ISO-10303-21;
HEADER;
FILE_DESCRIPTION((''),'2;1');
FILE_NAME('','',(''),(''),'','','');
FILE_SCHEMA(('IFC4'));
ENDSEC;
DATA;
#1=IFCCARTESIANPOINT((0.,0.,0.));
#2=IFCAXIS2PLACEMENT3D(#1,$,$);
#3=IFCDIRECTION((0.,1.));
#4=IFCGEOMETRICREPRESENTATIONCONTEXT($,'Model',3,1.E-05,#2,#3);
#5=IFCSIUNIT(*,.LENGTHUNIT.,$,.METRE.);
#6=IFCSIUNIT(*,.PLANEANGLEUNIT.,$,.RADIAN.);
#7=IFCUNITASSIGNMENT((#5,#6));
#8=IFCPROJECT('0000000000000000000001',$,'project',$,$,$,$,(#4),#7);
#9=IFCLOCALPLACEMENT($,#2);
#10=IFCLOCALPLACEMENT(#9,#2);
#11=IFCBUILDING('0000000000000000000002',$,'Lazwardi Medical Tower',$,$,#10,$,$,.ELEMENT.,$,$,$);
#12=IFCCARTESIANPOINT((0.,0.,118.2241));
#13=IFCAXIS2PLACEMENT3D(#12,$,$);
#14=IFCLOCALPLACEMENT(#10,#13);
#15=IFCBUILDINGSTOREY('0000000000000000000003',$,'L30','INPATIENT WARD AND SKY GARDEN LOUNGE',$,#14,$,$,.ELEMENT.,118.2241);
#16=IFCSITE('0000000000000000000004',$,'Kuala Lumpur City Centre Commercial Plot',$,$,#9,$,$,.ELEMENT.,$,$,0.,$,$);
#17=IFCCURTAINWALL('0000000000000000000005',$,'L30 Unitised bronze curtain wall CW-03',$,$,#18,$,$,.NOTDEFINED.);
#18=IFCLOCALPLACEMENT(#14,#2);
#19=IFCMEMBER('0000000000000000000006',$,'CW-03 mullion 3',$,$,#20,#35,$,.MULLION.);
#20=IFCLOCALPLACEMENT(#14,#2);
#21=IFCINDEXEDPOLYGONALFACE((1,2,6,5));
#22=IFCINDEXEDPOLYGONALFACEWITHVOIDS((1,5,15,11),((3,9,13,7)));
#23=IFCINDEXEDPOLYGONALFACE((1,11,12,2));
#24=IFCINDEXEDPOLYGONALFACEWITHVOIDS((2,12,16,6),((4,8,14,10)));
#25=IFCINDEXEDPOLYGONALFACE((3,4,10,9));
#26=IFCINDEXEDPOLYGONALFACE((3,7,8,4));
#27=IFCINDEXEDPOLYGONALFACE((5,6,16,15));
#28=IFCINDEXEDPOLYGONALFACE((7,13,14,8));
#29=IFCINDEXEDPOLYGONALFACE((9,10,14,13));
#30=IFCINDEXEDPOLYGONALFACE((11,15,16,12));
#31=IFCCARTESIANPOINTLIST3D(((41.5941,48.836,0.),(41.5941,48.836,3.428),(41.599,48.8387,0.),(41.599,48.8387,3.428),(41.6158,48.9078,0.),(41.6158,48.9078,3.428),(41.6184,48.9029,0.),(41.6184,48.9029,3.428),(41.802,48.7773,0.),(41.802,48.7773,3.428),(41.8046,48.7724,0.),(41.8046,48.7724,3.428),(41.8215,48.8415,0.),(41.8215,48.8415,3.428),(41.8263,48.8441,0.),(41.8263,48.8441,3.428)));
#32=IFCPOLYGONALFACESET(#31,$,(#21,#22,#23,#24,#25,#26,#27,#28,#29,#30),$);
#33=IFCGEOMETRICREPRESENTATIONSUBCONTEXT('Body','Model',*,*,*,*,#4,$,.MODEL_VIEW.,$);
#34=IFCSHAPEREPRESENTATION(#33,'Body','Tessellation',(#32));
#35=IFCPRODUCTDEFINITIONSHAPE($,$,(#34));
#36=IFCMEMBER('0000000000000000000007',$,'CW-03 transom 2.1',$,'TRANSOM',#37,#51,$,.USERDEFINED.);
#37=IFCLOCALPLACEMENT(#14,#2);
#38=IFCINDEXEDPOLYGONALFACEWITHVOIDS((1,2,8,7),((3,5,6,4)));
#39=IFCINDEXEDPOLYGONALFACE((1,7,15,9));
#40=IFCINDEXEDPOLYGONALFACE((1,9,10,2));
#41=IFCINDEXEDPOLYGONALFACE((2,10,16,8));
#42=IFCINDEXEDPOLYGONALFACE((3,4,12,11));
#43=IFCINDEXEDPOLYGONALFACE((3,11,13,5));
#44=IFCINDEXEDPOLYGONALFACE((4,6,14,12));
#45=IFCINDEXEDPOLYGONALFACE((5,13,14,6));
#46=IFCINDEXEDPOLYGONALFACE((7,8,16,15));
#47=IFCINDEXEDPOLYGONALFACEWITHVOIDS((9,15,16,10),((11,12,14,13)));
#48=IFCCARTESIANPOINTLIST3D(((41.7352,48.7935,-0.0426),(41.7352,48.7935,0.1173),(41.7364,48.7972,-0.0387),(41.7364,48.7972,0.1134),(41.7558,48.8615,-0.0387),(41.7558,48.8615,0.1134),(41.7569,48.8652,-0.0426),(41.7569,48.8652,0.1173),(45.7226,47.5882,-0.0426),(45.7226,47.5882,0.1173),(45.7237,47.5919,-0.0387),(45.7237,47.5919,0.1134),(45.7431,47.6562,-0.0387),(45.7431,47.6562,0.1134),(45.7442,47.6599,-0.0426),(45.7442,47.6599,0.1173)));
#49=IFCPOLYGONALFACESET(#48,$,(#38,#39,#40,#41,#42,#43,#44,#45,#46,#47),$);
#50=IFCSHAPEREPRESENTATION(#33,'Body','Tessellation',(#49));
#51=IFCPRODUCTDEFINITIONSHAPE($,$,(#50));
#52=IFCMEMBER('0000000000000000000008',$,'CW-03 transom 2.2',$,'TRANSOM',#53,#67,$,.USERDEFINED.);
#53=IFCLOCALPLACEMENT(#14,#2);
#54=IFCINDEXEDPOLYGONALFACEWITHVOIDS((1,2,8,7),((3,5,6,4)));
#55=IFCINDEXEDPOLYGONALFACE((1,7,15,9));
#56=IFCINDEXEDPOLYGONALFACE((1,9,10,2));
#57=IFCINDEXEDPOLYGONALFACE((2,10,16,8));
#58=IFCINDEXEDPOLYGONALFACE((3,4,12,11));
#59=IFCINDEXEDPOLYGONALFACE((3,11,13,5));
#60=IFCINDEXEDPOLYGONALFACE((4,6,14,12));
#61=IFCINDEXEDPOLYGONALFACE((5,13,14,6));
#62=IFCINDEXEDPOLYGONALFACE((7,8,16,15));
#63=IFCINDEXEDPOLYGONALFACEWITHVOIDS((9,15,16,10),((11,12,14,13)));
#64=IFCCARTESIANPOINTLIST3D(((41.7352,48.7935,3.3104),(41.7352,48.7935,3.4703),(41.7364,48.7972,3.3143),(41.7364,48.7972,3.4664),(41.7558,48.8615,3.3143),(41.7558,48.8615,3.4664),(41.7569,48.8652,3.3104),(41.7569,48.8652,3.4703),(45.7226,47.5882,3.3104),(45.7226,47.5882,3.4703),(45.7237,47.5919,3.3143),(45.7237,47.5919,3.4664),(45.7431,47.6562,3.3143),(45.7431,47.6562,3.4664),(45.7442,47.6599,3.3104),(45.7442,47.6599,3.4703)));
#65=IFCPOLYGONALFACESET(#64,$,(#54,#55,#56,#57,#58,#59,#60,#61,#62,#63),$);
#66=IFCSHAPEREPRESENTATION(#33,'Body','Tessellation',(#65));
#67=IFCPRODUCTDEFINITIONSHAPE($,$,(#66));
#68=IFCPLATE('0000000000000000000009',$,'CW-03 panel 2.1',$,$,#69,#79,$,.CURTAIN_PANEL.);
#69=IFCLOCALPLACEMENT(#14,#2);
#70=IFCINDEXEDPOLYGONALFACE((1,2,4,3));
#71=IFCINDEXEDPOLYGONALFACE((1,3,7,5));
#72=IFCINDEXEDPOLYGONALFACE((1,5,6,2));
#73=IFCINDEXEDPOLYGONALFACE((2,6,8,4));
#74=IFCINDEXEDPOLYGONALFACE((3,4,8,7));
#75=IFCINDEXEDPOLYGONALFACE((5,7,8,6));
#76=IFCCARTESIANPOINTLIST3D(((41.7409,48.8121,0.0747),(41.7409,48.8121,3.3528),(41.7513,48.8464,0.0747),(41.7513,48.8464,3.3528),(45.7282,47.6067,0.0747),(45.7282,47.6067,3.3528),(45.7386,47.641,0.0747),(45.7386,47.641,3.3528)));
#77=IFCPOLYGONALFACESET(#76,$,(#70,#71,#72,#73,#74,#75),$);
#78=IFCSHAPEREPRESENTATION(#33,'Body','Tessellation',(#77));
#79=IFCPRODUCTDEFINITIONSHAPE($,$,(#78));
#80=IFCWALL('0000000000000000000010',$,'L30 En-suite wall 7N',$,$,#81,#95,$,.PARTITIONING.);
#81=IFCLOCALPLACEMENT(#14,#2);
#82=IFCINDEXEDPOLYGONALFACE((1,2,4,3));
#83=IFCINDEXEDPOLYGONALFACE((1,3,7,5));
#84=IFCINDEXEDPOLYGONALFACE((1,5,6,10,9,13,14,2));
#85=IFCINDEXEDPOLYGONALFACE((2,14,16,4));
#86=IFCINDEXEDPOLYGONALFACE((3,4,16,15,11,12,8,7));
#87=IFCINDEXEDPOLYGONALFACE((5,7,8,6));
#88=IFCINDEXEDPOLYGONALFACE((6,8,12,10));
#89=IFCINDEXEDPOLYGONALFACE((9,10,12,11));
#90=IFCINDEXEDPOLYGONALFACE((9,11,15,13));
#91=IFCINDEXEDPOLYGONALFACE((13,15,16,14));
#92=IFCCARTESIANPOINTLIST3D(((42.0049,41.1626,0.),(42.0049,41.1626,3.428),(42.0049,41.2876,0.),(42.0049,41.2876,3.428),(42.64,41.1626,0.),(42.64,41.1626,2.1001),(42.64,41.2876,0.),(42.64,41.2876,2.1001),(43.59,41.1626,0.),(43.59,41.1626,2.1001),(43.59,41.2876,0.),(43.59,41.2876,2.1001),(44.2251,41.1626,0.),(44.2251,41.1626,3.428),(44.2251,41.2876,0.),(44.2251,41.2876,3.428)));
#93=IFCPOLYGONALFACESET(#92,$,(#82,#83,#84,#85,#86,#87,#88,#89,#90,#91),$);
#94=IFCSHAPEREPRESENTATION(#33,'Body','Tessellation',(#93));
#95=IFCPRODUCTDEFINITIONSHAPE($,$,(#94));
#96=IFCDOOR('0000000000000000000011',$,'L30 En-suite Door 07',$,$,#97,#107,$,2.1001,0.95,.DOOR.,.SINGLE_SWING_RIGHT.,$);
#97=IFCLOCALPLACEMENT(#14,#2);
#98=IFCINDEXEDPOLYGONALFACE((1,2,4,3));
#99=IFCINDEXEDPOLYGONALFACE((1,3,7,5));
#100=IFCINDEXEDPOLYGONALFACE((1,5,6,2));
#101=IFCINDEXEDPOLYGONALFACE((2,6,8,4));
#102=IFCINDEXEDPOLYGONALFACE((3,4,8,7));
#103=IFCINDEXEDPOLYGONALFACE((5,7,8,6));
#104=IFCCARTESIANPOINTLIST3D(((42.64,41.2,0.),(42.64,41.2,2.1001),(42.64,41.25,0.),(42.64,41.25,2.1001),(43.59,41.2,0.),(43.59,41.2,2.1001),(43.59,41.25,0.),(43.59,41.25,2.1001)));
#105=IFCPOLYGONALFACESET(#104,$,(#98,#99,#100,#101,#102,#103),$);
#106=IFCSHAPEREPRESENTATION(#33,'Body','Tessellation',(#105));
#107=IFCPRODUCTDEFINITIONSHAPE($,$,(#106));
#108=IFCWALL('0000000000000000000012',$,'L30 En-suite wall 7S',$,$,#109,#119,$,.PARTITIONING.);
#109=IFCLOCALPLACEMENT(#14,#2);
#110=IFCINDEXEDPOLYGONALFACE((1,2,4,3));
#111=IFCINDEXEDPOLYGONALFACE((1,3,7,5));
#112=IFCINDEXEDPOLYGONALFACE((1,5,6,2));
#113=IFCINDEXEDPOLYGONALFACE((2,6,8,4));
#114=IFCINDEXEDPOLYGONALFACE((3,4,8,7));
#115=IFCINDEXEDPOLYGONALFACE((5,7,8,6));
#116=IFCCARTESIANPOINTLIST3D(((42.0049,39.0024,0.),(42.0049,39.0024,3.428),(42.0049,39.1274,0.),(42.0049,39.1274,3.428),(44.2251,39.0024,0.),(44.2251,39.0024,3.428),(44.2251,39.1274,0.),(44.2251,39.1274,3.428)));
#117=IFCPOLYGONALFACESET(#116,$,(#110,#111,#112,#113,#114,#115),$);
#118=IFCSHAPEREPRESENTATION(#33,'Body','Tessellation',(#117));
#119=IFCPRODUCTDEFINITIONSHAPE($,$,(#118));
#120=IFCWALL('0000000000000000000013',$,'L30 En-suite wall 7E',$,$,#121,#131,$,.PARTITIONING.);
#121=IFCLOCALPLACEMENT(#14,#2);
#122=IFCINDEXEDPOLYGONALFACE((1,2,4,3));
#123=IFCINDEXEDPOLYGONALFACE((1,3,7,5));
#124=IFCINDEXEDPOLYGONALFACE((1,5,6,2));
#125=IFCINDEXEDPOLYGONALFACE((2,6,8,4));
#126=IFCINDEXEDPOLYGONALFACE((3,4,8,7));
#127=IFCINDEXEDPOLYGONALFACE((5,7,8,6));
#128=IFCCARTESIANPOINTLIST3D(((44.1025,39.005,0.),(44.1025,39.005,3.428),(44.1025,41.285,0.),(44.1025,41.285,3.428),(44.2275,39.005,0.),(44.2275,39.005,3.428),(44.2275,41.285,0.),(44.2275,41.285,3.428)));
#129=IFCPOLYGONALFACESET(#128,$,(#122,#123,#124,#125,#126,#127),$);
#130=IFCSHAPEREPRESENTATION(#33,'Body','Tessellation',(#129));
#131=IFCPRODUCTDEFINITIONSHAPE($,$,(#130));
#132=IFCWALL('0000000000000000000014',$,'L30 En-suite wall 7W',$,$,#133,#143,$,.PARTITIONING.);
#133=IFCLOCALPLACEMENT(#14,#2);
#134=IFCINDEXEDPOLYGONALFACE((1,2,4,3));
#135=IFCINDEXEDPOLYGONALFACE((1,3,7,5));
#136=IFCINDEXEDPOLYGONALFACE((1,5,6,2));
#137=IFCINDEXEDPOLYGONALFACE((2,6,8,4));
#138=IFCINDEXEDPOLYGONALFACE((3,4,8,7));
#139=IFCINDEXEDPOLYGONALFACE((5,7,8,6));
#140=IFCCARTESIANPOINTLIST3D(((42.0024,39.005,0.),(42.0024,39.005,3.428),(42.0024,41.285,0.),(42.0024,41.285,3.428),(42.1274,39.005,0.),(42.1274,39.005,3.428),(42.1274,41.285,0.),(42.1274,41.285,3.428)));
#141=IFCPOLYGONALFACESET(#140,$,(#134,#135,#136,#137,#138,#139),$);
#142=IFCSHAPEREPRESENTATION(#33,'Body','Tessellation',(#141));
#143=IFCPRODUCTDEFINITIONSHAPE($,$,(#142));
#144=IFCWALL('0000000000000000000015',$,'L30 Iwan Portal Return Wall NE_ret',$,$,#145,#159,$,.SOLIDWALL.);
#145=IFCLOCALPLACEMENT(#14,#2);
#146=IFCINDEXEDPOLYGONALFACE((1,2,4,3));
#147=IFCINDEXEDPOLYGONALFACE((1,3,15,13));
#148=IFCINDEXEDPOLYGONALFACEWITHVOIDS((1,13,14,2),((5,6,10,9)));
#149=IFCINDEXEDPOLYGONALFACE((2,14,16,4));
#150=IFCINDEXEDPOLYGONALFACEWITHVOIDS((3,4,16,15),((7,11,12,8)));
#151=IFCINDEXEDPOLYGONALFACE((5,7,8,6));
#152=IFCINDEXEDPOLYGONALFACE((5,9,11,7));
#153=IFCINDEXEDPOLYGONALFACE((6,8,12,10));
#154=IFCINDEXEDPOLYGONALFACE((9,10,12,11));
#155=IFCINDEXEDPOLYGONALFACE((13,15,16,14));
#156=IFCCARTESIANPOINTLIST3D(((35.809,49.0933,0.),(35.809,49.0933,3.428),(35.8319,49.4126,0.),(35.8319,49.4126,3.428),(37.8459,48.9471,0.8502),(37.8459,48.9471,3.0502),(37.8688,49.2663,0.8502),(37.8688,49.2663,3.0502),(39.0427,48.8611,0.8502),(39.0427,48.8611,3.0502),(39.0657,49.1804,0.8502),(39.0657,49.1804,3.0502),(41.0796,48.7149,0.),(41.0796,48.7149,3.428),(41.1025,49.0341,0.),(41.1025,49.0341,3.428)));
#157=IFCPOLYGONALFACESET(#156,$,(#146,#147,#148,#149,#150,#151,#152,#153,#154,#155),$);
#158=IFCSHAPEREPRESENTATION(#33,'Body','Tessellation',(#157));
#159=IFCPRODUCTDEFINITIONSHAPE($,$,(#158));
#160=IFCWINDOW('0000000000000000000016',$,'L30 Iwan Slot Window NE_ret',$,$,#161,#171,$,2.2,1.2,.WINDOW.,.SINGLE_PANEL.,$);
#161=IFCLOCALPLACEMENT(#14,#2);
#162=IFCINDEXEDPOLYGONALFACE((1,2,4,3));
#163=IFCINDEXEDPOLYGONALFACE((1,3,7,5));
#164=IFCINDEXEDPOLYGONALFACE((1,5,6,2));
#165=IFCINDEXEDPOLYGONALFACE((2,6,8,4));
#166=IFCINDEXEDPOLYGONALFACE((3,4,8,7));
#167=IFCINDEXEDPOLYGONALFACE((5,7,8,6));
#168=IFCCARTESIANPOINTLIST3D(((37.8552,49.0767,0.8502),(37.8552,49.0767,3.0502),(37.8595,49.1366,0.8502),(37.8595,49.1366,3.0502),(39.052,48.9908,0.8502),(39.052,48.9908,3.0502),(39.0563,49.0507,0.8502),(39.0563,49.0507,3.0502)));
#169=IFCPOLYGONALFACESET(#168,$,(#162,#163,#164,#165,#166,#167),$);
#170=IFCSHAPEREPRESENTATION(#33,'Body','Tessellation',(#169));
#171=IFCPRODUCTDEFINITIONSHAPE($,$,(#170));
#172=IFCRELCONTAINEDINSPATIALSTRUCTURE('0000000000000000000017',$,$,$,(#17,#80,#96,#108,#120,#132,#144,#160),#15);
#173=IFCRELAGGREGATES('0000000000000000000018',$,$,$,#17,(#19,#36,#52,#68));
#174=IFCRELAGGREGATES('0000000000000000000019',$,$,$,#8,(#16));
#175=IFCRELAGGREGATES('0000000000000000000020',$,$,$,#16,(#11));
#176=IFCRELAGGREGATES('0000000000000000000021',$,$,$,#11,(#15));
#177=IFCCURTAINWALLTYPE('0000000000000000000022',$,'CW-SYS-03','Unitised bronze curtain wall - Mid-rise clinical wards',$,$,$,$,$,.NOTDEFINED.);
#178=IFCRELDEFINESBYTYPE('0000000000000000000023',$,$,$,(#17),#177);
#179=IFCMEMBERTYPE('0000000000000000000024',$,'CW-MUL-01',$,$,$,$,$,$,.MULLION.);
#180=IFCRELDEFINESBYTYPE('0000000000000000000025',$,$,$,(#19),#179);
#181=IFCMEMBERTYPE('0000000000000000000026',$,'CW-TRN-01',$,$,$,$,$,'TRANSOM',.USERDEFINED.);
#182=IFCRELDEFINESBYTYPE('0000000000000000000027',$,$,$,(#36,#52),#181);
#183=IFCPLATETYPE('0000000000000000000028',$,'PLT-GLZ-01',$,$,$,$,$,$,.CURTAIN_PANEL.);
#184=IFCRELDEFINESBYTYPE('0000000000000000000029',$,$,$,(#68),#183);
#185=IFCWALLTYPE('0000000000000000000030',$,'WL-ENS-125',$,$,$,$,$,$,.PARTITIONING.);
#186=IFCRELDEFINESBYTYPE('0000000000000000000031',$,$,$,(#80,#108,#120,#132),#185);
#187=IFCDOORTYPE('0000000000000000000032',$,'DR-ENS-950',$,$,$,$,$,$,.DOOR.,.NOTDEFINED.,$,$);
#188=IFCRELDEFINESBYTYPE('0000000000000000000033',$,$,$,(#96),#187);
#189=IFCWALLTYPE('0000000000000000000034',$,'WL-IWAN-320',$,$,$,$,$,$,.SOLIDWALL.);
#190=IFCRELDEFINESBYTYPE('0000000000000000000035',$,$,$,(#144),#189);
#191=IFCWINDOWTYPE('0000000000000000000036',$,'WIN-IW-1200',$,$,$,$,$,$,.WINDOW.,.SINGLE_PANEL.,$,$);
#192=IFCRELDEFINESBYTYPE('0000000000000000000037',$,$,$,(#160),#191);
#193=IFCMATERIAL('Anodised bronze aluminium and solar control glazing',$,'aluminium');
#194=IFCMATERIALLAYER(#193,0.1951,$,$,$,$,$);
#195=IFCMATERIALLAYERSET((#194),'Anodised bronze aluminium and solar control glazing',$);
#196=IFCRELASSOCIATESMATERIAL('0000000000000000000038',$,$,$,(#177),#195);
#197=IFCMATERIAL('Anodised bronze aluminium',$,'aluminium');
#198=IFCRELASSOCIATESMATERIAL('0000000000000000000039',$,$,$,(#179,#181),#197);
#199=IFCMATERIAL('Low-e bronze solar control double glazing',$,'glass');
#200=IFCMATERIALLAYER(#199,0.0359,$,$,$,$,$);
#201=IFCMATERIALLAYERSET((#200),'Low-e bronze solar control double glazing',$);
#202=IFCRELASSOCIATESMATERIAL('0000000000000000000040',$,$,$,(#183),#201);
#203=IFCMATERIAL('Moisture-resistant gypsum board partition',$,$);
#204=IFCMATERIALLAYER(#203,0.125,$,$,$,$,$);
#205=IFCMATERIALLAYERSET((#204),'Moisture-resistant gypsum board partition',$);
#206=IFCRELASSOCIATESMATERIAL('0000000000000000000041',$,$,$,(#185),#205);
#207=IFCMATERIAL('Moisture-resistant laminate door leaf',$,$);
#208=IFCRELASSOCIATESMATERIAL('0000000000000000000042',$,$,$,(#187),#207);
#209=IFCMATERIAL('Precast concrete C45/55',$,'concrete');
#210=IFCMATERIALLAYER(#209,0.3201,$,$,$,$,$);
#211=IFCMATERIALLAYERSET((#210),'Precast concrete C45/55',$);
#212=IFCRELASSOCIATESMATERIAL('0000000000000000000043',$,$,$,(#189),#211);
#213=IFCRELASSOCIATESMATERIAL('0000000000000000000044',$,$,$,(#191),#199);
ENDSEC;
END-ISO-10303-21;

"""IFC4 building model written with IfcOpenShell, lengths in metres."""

from ifc_helpers import new_model, si_unit, direction, frame, frame_2d, origin, origin_2d, place, context, subcontext, project, spatial, rectangle, hollow_rectangle, extrude, material, layer, layer_set, material_profile, profile_set, type_object, element, fill, aggregate, save


model = new_model("IFC4")

# Units and contexts
model_context = context("Model", 3, precision=1e-05, world=origin(), true_north=direction((0.0, 1.0)))
body_context = subcontext(model_context, "Body", "Model", "MODEL_VIEW")
ifc_project = project(units=[si_unit("LENGTHUNIT", "METRE"), si_unit("PLANEANGLEUNIT", "RADIAN")], contexts=[model_context])

# Site, building, storey
site_placement = place(None, origin())
site = spatial("IfcSite", under=ifc_project, at=site_placement, Name="Kuala Lumpur City Centre Commercial Plot", CompositionType="ELEMENT", RefElevation=0.0)
building_placement = place(site_placement, origin())
building = spatial("IfcBuilding", under=site, at=building_placement, Name="Lazwardi Medical Tower", CompositionType="ELEMENT")
storey_placement = place(building_placement, frame((0.0, 0.0, 118.2241)))
storey = spatial("IfcBuildingStorey", under=building, at=storey_placement, Name="L30", Description="INPATIENT WARD AND SKY GARDEN LOUNGE", CompositionType="ELEMENT", Elevation=118.2241)

# Curtain wall, members, plate
ifc_material_1 = material(Name="Anodised bronze aluminium and solar control glazing", Category="aluminium")
ifc_layer_1 = layer(ifc_material_1, 0.1951)
ifc_layer_set_1 = layer_set([ifc_layer_1], Name="Anodised bronze aluminium and solar control glazing")
curtain_wall_type = type_object("IfcCurtainWallType", Name="CW-SYS-03", Description="Unitised bronze curtain wall - Mid-rise clinical wards", PredefinedType="NOTDEFINED", material=ifc_layer_set_1)
curtain_wall_placement = place(storey_placement, origin())
curtain_wall = element("IfcCurtainWall", 1, at=curtain_wall_placement, inside=storey, type_object=curtain_wall_type, Name="L30 Unitised bronze curtain wall CW-03", PredefinedType="NOTDEFINED")
ifc_material_2 = material(Name="Anodised bronze aluminium", Category="aluminium")
ifc_material_profile_1 = material_profile(ifc_material_2, hollow_rectangle(XDim=0.075, YDim=0.22, WallThickness=0.0039, at=origin_2d()), Name="ALU-MULLION 220x75x4")
ifc_profile_set_1 = profile_set([ifc_material_profile_1], Name="Anodised bronze aluminium")
member_type_1 = type_object("IfcMemberType", Name="CW-MUL-01", PredefinedType="MULLION", material=ifc_profile_set_1)
member_1_placement = place(storey_placement, frame((41.7102, 48.8401, 0.0), z_axis=(0.0, 0.0, 1.0), x_axis=(-0.289374, -0.957216, 0.0)))
member_1 = element("IfcMember", 2, at=member_1_placement, type_object=member_type_1, Name="CW-03 mullion 3", PredefinedType="MULLION", context=body_context, shape_type="SweptSolid", body=[
    extrude(hollow_rectangle(XDim=0.075, YDim=0.22, WallThickness=0.0039, at=origin_2d()), origin(), (0.0, 0.0, 1.0), 3.428),
])
ifc_material_profile_2 = material_profile(ifc_material_2, hollow_rectangle(XDim=0.075, YDim=0.1599, WallThickness=0.0039, at=origin_2d()), Name="ALU-TRANSOM 160x75x4")
ifc_profile_set_2 = profile_set([ifc_material_profile_2], Name="Anodised bronze aluminium")
member_type_2 = type_object("IfcMemberType", Name="CW-TRN-01", ElementType="TRANSOM", PredefinedType="USERDEFINED", material=ifc_profile_set_2)
member_2_placement = place(storey_placement, frame((45.7334, 47.624, 0.0374), z_axis=(-0.957221, 0.289358, 0.0), x_axis=(-0.289358, -0.957221, 0.0)))
member_2 = element("IfcMember", 3, at=member_2_placement, type_object=member_type_2, Name="CW-03 transom 2.1", ObjectType="TRANSOM", PredefinedType="USERDEFINED", context=body_context, shape_type="SweptSolid", body=[
    extrude(hollow_rectangle(XDim=0.075, YDim=0.1599, WallThickness=0.0039, at=origin_2d()), origin(), (0.0, 0.0, 1.0), 4.1655),
])
member_3_placement = place(storey_placement, frame((45.7334, 47.624, 3.3904), z_axis=(-0.957221, 0.289358, 0.0), x_axis=(-0.289358, -0.957221, 0.0)))
member_3 = element("IfcMember", 4, at=member_3_placement, type_object=member_type_2, Name="CW-03 transom 2.2", ObjectType="TRANSOM", PredefinedType="USERDEFINED", context=body_context, shape_type="SweptSolid", body=[
    extrude(hollow_rectangle(XDim=0.075, YDim=0.1599, WallThickness=0.0039, at=origin_2d()), origin(), (0.0, 0.0, 1.0), 4.1655),
])
ifc_material_3 = material(Name="Low-e bronze solar control double glazing", Category="glass")
ifc_layer_2 = layer(ifc_material_3, 0.0359)
ifc_layer_set_2 = layer_set([ifc_layer_2], Name="Low-e bronze solar control double glazing")
plate_type = type_object("IfcPlateType", Name="PLT-GLZ-01", PredefinedType="CURTAIN_PANEL", material=ifc_layer_set_2)
plate_placement = place(storey_placement, frame((43.7397, 48.2266, 0.0747), z_axis=(0.0, 0.0, 1.0), x_axis=(-0.957216, 0.289374, 0.0)))
plate = element("IfcPlate", 5, at=plate_placement, type_object=plate_type, Name="CW-03 panel 2.1", PredefinedType="CURTAIN_PANEL", context=body_context, shape_type="SweptSolid", body=[
    extrude(rectangle(XDim=4.1655, YDim=0.0359, at=origin_2d()), origin(), (0.0, 0.0, 1.0), 3.2781),
])
aggregate(curtain_wall, [member_1, member_2, member_3, plate])

# Wall, opening, door
ifc_material_4 = material(Name="Moisture-resistant gypsum board partition")
ifc_layer_3 = layer(ifc_material_4, 0.125)
ifc_layer_set_3 = layer_set([ifc_layer_3], Name="Moisture-resistant gypsum board partition")
wall_type_1 = type_object("IfcWallType", Name="WL-ENS-125", PredefinedType="PARTITIONING", material=ifc_layer_set_3)
wall_1_placement = place(storey_placement, frame((42.0049, 41.2251, 0.0), z_axis=(0.0, 0.0, 1.0), x_axis=(1.0, 0.0, 0.0)))
wall_1 = element("IfcWall", 6, at=wall_1_placement, inside=storey, type_object=wall_type_1, Name="L30 En-suite wall 7N", PredefinedType="PARTITIONING", context=body_context, shape_type="SweptSolid", body=[
    extrude(rectangle(XDim=2.2202, YDim=0.125, at=frame_2d((1.1101, 0.0))), origin(), (0.0, 0.0, 1.0), 3.428),
])
opening_1_placement = place(wall_1_placement, frame((0.635, 0.0, 0.0)))
opening_1 = element("IfcOpeningElement", 7, at=opening_1_placement, cuts=wall_1, PredefinedType="OPENING", context=body_context, shape_type="SweptSolid", body=[
    extrude(rectangle(XDim=0.95, YDim=2.1001, at=frame_2d((0.4751, 1.05))), frame((0.0, 0.0725, 0.0), z_axis=(0.0, -1.0, 0.0), x_axis=(1.0, 0.0, 0.0)), (0.0, 0.0, 1.0), 0.145),
])
ifc_material_5 = material(Name="Moisture-resistant laminate door leaf")
door_type = type_object("IfcDoorType", Name="DR-ENS-950", OperationType="NOTDEFINED", PredefinedType="DOOR", material=ifc_material_5)
door_placement = place(opening_1_placement, origin())
door = element("IfcDoor", 8, at=door_placement, inside=storey, type_object=door_type, Name="L30 En-suite Door 07", OperationType="SINGLE_SWING_RIGHT", OverallHeight=2.1001, OverallWidth=0.95, PredefinedType="DOOR", context=body_context, shape_type="SweptSolid", body=[
    extrude(rectangle(XDim=0.95, YDim=2.1001, at=frame_2d((0.4751, 1.05))), frame((0.0, 0.0249, 0.0), z_axis=(0.0, -1.0, 0.0), x_axis=(1.0, 0.0, 0.0)), (0.0, 0.0, 1.0), 0.05),
])
fill(opening_1, door)

# Walls
wall_2_placement = place(storey_placement, frame((42.0049, 39.0649, 0.0), z_axis=(0.0, 0.0, 1.0), x_axis=(1.0, 0.0, 0.0)))
element("IfcWall", 9, at=wall_2_placement, inside=storey, type_object=wall_type_1, Name="L30 En-suite wall 7S", PredefinedType="PARTITIONING", context=body_context, shape_type="SweptSolid", body=[
    extrude(rectangle(XDim=2.2202, YDim=0.125, at=frame_2d((1.1101, 0.0))), origin(), (0.0, 0.0, 1.0), 3.428),
])
for number, where, z_axis, x_axis, name in (
    (10, (44.165, 39.0049, 0.0), (0.0, 0.0, 1.0), (0.0, 1.0, 0.0), "L30 En-suite wall 7E"),
    (11, (42.0649, 39.0049, 0.0), (0.0, 0.0, 1.0), (0.0, 1.0, 0.0), "L30 En-suite wall 7W"),
):
    element("IfcWall", number, at=place(storey_placement, frame(where, z_axis=z_axis, x_axis=x_axis)), inside=storey, type_object=wall_type_1, Name=name, PredefinedType="PARTITIONING", context=body_context, shape_type="SweptSolid", body=[
        extrude(rectangle(XDim=2.28, YDim=0.125, at=frame_2d((1.1401, 0.0))), origin(), (0.0, 0.0, 1.0), 3.428),
    ])

# Wall, opening, window
ifc_material_6 = material(Name="Precast concrete C45/55", Category="concrete")
ifc_layer_4 = layer(ifc_material_6, 0.3201)
ifc_layer_set_4 = layer_set([ifc_layer_4], Name="Precast concrete C45/55")
wall_type_2 = type_object("IfcWallType", Name="WL-IWAN-320", PredefinedType="SOLIDWALL", material=ifc_layer_set_4)
wall_3_placement = place(storey_placement, frame((41.0911, 48.8745, 0.0), z_axis=(0.0, 0.0, 1.0), x_axis=(-0.997432, 0.071615, 0.0)))
wall_3 = element("IfcWall", 12, at=wall_3_placement, inside=storey, type_object=wall_type_2, Name="L30 Iwan Portal Return Wall NE_ret", PredefinedType="SOLIDWALL", context=body_context, shape_type="SweptSolid", body=[
    extrude(rectangle(XDim=5.2842, YDim=0.3201, at=frame_2d((2.6421, 0.0))), origin(), (0.0, 0.0, 1.0), 3.428),
])
opening_2_placement = place(wall_3_placement, frame((2.042, 0.0, 0.8501)))
opening_2 = element("IfcOpeningElement", 13, at=opening_2_placement, cuts=wall_3, PredefinedType="OPENING", context=body_context, shape_type="SweptSolid", body=[
    extrude(rectangle(XDim=1.2, YDim=2.2, at=frame_2d((0.6001, 1.1001))), frame((0.0, 0.1699, 0.0), z_axis=(0.0, -1.0, 0.0), x_axis=(1.0, 0.0, 0.0)), (0.0, 0.0, 1.0), 0.3401),
])
window_type_1 = type_object("IfcWindowType", Name="WIN-IW-1200", PartitioningType="SINGLE_PANEL", PredefinedType="WINDOW", material=ifc_material_3)
window_1_placement = place(opening_2_placement, origin())
window_1 = element("IfcWindow", 14, at=window_1_placement, inside=storey, type_object=window_type_1, Name="L30 Iwan Slot Window NE_ret", OverallHeight=2.2, OverallWidth=1.2, PartitioningType="SINGLE_PANEL", PredefinedType="WINDOW", context=body_context, shape_type="SweptSolid", body=[
    extrude(rectangle(XDim=1.2, YDim=2.2, at=frame_2d((0.6001, 1.1001))), frame((0.0, 0.03, 0.0), z_axis=(0.0, -1.0, 0.0), x_axis=(1.0, 0.0, 0.0)), (0.0, 0.0, 1.0), 0.0601),
])
fill(opening_2, window_1)

save(model, "model.ifc")
